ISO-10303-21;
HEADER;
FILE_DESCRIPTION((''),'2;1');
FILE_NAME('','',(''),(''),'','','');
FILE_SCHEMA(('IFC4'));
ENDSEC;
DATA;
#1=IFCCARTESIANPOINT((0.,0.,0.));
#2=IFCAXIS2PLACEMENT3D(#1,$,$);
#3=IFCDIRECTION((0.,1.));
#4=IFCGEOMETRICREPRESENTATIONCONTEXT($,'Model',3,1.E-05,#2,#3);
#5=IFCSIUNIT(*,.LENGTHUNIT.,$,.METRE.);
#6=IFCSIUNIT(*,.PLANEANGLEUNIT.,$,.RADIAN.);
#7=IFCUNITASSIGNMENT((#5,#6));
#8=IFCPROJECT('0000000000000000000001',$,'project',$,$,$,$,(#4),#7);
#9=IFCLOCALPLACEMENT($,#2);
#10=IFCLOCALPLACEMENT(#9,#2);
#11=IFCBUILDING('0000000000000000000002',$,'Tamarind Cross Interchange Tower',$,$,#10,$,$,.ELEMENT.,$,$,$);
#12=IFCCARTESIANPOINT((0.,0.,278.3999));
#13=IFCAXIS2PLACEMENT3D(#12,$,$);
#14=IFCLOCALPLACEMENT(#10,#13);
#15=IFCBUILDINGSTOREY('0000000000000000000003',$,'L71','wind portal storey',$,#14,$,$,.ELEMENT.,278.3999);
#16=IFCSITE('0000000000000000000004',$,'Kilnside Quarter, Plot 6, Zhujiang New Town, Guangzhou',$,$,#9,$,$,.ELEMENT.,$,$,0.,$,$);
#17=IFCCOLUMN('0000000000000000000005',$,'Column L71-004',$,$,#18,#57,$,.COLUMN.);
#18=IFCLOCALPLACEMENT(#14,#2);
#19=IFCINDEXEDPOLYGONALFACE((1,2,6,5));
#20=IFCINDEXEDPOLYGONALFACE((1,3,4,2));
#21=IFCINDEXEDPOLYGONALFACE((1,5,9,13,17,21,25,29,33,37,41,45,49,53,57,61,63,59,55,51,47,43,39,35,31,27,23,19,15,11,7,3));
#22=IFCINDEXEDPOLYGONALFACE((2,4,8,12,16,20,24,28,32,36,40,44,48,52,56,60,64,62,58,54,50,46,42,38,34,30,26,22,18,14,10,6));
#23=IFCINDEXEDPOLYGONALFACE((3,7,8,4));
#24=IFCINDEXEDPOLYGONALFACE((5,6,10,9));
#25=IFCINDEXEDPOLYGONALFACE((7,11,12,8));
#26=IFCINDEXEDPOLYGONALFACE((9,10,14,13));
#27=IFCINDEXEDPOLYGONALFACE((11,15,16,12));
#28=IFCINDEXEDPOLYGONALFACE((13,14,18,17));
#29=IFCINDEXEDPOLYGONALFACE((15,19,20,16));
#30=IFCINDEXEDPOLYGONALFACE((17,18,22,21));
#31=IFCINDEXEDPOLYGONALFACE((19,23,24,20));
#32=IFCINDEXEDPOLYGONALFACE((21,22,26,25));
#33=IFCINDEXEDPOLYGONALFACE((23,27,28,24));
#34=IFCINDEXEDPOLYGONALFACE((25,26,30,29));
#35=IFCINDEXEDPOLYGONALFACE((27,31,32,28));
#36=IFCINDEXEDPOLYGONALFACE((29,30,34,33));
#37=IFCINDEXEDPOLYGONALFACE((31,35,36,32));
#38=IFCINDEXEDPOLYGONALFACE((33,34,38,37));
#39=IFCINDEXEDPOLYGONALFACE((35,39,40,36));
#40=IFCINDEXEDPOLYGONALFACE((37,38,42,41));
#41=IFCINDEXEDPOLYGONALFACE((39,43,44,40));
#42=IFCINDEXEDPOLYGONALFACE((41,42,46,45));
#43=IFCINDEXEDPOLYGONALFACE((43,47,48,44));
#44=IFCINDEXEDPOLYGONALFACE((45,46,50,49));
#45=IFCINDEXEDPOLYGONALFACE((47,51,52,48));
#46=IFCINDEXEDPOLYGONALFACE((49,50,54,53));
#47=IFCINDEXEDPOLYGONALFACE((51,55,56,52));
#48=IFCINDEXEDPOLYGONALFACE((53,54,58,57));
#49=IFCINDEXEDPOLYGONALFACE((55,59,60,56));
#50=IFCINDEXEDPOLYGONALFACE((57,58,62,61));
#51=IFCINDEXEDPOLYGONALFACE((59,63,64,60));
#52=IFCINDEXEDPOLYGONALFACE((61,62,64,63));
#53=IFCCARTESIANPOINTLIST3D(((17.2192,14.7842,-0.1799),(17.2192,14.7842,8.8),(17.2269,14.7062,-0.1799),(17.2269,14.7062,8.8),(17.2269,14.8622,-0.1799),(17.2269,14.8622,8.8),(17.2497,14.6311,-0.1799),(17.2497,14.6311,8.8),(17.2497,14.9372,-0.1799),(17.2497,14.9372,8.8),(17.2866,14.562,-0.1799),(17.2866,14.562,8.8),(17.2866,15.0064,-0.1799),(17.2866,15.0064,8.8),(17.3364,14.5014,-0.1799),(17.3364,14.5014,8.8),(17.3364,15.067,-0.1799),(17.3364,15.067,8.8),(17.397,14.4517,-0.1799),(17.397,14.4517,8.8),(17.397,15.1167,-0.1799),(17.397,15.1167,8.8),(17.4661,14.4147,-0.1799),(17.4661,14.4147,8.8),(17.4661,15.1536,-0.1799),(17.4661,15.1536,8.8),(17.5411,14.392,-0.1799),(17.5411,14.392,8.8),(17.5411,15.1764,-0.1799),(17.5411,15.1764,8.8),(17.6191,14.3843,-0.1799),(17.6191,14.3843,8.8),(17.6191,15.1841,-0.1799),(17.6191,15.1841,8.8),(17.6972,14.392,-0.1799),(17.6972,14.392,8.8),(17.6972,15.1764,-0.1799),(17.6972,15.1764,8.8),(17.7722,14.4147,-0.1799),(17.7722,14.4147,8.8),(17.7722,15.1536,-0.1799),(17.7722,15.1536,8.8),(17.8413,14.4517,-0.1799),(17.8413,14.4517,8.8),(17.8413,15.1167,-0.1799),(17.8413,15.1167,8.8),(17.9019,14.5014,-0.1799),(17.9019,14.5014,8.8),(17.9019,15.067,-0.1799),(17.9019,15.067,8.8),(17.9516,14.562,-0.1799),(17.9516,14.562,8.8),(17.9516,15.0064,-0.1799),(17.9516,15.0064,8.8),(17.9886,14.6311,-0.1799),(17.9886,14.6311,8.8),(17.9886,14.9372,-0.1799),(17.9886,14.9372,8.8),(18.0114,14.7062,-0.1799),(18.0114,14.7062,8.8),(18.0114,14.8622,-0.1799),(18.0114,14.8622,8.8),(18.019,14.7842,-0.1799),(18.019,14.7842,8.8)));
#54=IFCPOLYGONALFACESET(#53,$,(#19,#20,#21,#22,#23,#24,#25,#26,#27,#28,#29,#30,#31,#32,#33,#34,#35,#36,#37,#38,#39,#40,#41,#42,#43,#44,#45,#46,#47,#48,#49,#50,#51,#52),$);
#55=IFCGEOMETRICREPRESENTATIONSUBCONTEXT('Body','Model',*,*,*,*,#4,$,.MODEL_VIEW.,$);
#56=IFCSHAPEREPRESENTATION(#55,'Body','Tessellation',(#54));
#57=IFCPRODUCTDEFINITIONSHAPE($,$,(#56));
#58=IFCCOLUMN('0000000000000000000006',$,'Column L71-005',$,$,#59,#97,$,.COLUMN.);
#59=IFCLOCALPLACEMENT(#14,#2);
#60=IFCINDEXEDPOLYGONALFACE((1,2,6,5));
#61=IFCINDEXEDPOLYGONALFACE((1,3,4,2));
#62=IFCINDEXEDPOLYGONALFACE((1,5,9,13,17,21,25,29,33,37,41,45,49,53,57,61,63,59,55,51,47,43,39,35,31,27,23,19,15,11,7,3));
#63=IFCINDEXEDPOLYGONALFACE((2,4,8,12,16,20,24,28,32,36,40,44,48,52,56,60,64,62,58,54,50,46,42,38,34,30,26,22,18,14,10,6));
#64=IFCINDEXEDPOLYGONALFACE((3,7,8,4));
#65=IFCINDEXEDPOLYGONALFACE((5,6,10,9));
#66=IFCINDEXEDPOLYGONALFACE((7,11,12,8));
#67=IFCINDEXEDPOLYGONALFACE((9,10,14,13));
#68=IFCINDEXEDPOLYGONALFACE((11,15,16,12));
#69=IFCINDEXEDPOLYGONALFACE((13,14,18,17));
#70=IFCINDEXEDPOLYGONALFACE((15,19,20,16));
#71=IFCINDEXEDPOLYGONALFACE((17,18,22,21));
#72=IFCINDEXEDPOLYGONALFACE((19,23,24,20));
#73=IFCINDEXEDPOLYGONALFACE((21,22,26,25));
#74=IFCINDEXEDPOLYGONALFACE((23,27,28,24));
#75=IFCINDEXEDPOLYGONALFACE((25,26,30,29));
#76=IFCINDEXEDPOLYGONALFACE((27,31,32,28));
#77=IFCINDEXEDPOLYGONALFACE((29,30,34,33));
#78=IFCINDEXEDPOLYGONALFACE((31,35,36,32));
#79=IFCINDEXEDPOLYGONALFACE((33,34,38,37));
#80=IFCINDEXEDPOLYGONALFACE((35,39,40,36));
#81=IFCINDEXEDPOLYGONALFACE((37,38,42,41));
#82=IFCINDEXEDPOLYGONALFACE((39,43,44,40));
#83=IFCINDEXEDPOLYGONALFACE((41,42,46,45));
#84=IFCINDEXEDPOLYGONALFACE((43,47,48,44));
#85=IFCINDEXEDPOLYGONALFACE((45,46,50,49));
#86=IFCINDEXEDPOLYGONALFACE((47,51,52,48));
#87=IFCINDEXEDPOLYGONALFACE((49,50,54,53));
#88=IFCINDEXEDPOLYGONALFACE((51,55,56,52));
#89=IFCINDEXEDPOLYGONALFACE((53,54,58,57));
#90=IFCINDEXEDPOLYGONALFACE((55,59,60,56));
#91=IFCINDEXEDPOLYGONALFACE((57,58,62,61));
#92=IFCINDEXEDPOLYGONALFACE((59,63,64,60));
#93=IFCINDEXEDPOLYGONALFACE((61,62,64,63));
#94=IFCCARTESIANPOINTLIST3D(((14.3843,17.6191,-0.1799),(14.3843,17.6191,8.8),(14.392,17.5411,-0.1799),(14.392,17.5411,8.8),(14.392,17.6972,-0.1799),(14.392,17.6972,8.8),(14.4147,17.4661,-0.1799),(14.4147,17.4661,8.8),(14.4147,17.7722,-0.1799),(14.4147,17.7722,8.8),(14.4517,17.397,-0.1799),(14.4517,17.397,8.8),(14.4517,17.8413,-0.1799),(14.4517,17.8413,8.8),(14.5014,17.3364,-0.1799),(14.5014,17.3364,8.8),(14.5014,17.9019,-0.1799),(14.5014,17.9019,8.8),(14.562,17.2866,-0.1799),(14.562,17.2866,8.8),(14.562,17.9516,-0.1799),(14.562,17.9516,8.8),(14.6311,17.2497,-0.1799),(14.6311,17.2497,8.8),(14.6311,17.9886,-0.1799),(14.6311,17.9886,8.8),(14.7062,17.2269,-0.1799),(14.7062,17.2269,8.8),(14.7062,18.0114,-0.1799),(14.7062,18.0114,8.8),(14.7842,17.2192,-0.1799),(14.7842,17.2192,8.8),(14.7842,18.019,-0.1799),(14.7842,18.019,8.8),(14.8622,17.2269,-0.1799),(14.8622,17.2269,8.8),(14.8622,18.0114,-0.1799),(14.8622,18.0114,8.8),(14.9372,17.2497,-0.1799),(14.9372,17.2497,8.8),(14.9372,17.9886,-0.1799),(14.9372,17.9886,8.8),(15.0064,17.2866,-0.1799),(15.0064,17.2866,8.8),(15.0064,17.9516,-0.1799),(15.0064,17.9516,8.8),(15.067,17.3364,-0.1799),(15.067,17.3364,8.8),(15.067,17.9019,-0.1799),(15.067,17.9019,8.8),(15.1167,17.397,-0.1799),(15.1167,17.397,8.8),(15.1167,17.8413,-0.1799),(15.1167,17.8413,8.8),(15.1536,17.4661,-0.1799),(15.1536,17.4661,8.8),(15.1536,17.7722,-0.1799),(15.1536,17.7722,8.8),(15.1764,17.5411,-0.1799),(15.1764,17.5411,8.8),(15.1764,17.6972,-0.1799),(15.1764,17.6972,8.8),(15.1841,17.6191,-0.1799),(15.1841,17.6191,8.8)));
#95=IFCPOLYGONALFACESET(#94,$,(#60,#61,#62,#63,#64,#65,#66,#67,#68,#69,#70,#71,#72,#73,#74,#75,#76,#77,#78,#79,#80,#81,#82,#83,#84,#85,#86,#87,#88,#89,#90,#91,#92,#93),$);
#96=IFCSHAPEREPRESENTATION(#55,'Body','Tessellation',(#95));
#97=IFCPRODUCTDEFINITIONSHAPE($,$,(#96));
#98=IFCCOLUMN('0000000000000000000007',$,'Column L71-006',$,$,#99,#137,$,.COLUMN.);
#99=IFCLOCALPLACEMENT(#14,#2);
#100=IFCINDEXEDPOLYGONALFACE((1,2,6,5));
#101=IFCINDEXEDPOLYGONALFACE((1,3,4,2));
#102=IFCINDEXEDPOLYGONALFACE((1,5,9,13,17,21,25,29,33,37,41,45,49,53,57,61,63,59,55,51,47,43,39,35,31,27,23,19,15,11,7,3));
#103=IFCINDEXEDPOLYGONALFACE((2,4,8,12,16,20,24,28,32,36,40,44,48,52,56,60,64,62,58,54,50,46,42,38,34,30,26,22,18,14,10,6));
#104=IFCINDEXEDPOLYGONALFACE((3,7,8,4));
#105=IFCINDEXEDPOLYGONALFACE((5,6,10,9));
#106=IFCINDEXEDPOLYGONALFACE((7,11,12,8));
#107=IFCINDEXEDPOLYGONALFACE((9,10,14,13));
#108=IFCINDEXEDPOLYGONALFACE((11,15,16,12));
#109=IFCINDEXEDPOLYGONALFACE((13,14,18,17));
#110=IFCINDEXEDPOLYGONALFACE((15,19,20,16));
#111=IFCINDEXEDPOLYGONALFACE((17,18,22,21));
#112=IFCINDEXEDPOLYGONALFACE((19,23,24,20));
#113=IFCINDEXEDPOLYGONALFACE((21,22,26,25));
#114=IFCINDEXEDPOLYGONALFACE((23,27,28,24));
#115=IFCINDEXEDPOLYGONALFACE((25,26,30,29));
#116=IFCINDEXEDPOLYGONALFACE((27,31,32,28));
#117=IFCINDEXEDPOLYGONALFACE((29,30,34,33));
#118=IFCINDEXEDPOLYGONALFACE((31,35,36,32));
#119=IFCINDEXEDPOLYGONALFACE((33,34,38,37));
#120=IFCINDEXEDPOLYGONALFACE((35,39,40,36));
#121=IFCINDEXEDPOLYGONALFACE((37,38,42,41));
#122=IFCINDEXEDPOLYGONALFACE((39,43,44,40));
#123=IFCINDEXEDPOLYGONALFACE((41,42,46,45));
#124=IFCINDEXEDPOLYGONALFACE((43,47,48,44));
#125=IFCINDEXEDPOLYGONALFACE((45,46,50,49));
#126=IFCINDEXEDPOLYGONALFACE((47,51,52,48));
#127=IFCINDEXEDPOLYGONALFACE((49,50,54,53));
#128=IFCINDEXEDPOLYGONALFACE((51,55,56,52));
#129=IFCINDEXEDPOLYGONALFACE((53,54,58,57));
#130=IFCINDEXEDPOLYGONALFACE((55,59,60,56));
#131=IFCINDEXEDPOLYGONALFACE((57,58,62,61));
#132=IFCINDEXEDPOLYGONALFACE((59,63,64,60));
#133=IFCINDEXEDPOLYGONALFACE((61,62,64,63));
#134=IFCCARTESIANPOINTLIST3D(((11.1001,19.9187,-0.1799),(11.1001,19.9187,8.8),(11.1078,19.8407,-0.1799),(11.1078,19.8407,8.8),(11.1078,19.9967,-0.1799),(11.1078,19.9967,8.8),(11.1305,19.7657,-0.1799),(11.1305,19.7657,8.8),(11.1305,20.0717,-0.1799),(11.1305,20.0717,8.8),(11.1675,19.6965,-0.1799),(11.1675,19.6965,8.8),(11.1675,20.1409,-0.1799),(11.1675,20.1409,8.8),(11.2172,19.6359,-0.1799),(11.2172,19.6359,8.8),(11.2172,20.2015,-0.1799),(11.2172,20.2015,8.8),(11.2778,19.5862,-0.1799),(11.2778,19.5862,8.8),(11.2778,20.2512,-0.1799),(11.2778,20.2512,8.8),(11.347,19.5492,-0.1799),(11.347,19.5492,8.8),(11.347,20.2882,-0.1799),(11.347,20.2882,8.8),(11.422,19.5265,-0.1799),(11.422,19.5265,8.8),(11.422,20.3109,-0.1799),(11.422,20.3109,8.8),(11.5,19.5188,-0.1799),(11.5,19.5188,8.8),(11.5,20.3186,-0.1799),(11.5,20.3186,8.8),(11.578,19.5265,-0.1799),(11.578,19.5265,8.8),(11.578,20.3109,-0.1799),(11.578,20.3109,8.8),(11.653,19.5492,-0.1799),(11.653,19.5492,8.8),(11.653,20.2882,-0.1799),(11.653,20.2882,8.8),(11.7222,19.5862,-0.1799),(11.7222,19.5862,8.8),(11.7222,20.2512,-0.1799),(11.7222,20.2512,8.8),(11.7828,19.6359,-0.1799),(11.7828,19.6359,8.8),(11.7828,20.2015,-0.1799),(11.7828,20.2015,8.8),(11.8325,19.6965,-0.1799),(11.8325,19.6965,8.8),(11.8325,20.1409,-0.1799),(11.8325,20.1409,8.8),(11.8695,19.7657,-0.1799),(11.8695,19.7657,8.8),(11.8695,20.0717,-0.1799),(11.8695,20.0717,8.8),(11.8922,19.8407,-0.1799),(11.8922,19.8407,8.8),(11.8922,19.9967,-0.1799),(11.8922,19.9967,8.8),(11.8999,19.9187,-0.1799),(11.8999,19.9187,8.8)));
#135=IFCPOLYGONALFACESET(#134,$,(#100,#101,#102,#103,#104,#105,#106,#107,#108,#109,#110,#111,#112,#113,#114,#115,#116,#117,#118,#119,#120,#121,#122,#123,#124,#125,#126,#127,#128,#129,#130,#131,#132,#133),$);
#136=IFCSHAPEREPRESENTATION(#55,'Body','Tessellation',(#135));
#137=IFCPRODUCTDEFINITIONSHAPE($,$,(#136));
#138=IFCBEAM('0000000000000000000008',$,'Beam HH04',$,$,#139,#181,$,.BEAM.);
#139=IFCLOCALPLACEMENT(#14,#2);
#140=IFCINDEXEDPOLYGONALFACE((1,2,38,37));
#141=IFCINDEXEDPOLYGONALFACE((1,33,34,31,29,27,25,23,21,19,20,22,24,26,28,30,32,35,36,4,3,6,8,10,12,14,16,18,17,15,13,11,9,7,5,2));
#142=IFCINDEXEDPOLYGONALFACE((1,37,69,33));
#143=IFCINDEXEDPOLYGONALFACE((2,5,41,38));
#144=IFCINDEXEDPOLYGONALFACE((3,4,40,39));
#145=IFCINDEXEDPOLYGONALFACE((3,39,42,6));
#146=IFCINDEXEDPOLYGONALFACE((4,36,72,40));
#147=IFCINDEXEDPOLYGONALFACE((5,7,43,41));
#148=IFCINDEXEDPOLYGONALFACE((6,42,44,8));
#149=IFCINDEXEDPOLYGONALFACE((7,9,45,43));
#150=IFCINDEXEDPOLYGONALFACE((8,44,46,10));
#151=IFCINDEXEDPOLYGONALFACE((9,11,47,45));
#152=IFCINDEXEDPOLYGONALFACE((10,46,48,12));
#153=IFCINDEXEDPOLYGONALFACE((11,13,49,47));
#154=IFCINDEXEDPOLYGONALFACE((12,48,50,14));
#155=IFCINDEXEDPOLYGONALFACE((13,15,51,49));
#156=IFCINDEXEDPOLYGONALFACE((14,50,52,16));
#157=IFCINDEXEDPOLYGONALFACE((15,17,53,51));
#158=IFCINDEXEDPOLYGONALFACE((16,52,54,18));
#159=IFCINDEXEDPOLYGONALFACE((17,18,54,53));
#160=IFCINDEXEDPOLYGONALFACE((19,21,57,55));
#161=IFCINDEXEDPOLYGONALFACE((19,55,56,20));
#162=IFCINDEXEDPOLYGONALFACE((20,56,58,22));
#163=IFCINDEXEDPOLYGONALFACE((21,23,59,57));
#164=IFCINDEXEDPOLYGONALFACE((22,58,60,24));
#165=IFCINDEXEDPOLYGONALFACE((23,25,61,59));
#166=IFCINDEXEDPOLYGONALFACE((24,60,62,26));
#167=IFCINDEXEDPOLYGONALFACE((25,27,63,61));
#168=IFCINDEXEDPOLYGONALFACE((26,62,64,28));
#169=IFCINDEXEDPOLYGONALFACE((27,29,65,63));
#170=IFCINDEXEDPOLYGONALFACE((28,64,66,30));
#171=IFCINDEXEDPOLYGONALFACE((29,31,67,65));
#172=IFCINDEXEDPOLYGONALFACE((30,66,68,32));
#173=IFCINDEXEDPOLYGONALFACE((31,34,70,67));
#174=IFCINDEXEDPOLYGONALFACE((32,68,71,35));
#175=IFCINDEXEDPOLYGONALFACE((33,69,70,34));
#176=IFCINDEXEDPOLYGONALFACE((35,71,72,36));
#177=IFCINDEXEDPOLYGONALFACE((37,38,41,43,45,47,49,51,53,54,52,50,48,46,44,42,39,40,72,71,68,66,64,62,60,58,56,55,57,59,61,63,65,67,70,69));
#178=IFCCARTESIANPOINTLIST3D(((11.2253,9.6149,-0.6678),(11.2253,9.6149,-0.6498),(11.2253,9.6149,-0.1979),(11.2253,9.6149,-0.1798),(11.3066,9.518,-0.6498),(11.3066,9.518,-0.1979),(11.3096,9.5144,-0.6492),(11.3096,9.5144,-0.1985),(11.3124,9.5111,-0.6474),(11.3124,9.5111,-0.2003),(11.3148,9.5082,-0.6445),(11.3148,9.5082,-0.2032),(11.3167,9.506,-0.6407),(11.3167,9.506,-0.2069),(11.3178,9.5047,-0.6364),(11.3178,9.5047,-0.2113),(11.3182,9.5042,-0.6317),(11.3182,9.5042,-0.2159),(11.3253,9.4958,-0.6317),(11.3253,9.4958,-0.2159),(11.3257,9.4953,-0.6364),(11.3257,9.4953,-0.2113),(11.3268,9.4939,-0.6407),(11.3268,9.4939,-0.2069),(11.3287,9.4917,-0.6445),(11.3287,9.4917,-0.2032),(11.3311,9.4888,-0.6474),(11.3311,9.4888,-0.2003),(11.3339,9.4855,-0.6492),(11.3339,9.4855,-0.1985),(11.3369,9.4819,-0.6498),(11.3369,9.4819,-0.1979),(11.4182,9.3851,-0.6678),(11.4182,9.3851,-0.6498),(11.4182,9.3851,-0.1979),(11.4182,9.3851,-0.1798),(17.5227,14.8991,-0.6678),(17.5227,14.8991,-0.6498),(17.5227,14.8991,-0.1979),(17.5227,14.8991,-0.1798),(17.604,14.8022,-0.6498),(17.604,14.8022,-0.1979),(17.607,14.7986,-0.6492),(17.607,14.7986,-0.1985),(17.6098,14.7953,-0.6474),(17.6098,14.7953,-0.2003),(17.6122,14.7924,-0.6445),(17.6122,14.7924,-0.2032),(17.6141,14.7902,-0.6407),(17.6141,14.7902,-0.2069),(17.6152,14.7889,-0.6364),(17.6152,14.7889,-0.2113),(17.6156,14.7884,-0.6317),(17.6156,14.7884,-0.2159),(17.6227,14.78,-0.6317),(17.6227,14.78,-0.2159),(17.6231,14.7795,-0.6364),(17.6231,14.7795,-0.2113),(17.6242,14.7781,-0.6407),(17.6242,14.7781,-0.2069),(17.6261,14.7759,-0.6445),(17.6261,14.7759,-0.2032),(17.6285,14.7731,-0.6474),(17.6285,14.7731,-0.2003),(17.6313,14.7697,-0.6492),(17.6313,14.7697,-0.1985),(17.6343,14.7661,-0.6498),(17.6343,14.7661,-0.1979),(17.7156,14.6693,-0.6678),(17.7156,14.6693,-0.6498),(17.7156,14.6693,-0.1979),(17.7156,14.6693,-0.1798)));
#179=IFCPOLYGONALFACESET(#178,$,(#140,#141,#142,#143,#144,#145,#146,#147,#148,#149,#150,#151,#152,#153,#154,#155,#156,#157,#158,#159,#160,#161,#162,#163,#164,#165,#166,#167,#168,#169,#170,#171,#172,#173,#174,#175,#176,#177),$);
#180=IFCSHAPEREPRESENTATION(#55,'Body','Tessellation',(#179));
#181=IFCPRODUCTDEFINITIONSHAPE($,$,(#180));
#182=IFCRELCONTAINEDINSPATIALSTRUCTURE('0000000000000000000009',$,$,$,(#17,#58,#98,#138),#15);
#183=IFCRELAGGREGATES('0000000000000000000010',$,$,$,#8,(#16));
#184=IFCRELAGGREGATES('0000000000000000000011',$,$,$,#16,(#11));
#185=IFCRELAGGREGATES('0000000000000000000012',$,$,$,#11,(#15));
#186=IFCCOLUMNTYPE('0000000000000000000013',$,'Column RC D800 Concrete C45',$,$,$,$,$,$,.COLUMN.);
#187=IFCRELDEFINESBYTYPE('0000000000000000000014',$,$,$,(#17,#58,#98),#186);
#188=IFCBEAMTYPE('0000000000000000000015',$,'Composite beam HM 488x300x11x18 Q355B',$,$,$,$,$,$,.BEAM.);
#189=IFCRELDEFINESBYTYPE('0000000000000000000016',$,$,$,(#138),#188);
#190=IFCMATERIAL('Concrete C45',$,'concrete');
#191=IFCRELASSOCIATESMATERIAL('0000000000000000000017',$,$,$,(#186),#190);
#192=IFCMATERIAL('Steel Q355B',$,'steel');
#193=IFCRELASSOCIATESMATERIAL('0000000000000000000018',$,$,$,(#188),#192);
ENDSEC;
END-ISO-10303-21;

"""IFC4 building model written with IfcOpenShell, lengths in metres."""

from ifc_helpers import new_model, si_unit, direction, frame, origin, origin_2d, place, context, subcontext, project, spatial, circle, i_section, extrude, material, material_profile, profile_set, type_object, element, save


model = new_model("IFC4")

# Units and contexts
model_context = context("Model", 3, precision=1e-05, world=origin(), true_north=direction((0.0, 1.0)))
body_context = subcontext(model_context, "Body", "Model", "MODEL_VIEW")
ifc_project = project(units=[si_unit("LENGTHUNIT", "METRE"), si_unit("PLANEANGLEUNIT", "RADIAN")], contexts=[model_context])

# Site, building, storey
site_placement = place(None, origin())
site = spatial("IfcSite", under=ifc_project, at=site_placement, Name="Kilnside Quarter, Plot 6, Zhujiang New Town, Guangzhou", CompositionType="ELEMENT", RefElevation=0.0)
building_placement = place(site_placement, origin())
building = spatial("IfcBuilding", under=site, at=building_placement, Name="Tamarind Cross Interchange Tower", CompositionType="ELEMENT")
storey_placement = place(building_placement, frame((0.0, 0.0, 278.3999)))
storey = spatial("IfcBuildingStorey", under=building, at=storey_placement, Name="L71", Description="wind portal storey", CompositionType="ELEMENT", Elevation=278.3999)

# Columns
ifc_material_1 = material(Name="Concrete C45", Category="concrete")
ifc_material_profile_1 = material_profile(ifc_material_1, circle(Radius=0.3999, at=origin_2d()), Name="RC D800")
ifc_profile_set_1 = profile_set([ifc_material_profile_1], Name="Concrete C45")
column_type = type_object("IfcColumnType", Name="Column RC D800 Concrete C45", PredefinedType="COLUMN", material=ifc_profile_set_1)
for number, where, z_axis, x_axis, name in (
    (1, (17.6191, 14.7842, -0.1799), (0.0, 0.0, 1.0), (1.0, 0.0, 0.0), "Column L71-004"),
    (2, (14.7842, 17.6191, -0.1799), (0.0, 0.0, 1.0), (1.0, 0.0, 0.0), "Column L71-005"),
    (3, (11.5, 19.9187, -0.1799), (0.0, 0.0, 1.0), (1.0, 0.0, 0.0), "Column L71-006"),
):
    element("IfcColumn", number, at=place(storey_placement, frame(where, z_axis=z_axis, x_axis=x_axis)), inside=storey, type_object=column_type, Name=name, PredefinedType="COLUMN", context=body_context, shape_type="SweptSolid", body=[
        extrude(circle(Radius=0.3999, at=origin_2d()), origin(), (0.0, 0.0, 1.0), 8.98),
    ])

# Beam
ifc_material_2 = material(Name="Steel Q355B", Category="steel")
ifc_material_profile_2 = material_profile(ifc_material_2, i_section(OverallWidth=0.3, OverallDepth=0.488, WebThickness=0.011, FlangeThickness=0.0181, FilletRadius=0.0181, at=origin_2d()), Name="HM 488x300x11x18")
ifc_profile_set_2 = profile_set([ifc_material_profile_2], Name="Steel Q355B")
beam_type = type_object("IfcBeamType", Name="Composite beam HM 488x300x11x18 Q355B", PredefinedType="BEAM", material=ifc_profile_set_2)
beam_1_placement = place(storey_placement, frame((17.6191, 14.7842, -0.4238), z_axis=(-0.766041, -0.642792, 0.0), x_axis=(0.642792, -0.766041, 0.0)))
element("IfcBeam", 4, at=beam_1_placement, inside=storey, type_object=beam_type, Name="Beam HH04", PredefinedType="BEAM", context=body_context, shape_type="SweptSolid", body=[
    extrude(i_section(OverallWidth=0.3, OverallDepth=0.488, WebThickness=0.011, FlangeThickness=0.0181, FilletRadius=0.0181, at=origin_2d()), origin(), (0.0, 0.0, 1.0), 8.2207),
])

save(model, "model.ifc")
